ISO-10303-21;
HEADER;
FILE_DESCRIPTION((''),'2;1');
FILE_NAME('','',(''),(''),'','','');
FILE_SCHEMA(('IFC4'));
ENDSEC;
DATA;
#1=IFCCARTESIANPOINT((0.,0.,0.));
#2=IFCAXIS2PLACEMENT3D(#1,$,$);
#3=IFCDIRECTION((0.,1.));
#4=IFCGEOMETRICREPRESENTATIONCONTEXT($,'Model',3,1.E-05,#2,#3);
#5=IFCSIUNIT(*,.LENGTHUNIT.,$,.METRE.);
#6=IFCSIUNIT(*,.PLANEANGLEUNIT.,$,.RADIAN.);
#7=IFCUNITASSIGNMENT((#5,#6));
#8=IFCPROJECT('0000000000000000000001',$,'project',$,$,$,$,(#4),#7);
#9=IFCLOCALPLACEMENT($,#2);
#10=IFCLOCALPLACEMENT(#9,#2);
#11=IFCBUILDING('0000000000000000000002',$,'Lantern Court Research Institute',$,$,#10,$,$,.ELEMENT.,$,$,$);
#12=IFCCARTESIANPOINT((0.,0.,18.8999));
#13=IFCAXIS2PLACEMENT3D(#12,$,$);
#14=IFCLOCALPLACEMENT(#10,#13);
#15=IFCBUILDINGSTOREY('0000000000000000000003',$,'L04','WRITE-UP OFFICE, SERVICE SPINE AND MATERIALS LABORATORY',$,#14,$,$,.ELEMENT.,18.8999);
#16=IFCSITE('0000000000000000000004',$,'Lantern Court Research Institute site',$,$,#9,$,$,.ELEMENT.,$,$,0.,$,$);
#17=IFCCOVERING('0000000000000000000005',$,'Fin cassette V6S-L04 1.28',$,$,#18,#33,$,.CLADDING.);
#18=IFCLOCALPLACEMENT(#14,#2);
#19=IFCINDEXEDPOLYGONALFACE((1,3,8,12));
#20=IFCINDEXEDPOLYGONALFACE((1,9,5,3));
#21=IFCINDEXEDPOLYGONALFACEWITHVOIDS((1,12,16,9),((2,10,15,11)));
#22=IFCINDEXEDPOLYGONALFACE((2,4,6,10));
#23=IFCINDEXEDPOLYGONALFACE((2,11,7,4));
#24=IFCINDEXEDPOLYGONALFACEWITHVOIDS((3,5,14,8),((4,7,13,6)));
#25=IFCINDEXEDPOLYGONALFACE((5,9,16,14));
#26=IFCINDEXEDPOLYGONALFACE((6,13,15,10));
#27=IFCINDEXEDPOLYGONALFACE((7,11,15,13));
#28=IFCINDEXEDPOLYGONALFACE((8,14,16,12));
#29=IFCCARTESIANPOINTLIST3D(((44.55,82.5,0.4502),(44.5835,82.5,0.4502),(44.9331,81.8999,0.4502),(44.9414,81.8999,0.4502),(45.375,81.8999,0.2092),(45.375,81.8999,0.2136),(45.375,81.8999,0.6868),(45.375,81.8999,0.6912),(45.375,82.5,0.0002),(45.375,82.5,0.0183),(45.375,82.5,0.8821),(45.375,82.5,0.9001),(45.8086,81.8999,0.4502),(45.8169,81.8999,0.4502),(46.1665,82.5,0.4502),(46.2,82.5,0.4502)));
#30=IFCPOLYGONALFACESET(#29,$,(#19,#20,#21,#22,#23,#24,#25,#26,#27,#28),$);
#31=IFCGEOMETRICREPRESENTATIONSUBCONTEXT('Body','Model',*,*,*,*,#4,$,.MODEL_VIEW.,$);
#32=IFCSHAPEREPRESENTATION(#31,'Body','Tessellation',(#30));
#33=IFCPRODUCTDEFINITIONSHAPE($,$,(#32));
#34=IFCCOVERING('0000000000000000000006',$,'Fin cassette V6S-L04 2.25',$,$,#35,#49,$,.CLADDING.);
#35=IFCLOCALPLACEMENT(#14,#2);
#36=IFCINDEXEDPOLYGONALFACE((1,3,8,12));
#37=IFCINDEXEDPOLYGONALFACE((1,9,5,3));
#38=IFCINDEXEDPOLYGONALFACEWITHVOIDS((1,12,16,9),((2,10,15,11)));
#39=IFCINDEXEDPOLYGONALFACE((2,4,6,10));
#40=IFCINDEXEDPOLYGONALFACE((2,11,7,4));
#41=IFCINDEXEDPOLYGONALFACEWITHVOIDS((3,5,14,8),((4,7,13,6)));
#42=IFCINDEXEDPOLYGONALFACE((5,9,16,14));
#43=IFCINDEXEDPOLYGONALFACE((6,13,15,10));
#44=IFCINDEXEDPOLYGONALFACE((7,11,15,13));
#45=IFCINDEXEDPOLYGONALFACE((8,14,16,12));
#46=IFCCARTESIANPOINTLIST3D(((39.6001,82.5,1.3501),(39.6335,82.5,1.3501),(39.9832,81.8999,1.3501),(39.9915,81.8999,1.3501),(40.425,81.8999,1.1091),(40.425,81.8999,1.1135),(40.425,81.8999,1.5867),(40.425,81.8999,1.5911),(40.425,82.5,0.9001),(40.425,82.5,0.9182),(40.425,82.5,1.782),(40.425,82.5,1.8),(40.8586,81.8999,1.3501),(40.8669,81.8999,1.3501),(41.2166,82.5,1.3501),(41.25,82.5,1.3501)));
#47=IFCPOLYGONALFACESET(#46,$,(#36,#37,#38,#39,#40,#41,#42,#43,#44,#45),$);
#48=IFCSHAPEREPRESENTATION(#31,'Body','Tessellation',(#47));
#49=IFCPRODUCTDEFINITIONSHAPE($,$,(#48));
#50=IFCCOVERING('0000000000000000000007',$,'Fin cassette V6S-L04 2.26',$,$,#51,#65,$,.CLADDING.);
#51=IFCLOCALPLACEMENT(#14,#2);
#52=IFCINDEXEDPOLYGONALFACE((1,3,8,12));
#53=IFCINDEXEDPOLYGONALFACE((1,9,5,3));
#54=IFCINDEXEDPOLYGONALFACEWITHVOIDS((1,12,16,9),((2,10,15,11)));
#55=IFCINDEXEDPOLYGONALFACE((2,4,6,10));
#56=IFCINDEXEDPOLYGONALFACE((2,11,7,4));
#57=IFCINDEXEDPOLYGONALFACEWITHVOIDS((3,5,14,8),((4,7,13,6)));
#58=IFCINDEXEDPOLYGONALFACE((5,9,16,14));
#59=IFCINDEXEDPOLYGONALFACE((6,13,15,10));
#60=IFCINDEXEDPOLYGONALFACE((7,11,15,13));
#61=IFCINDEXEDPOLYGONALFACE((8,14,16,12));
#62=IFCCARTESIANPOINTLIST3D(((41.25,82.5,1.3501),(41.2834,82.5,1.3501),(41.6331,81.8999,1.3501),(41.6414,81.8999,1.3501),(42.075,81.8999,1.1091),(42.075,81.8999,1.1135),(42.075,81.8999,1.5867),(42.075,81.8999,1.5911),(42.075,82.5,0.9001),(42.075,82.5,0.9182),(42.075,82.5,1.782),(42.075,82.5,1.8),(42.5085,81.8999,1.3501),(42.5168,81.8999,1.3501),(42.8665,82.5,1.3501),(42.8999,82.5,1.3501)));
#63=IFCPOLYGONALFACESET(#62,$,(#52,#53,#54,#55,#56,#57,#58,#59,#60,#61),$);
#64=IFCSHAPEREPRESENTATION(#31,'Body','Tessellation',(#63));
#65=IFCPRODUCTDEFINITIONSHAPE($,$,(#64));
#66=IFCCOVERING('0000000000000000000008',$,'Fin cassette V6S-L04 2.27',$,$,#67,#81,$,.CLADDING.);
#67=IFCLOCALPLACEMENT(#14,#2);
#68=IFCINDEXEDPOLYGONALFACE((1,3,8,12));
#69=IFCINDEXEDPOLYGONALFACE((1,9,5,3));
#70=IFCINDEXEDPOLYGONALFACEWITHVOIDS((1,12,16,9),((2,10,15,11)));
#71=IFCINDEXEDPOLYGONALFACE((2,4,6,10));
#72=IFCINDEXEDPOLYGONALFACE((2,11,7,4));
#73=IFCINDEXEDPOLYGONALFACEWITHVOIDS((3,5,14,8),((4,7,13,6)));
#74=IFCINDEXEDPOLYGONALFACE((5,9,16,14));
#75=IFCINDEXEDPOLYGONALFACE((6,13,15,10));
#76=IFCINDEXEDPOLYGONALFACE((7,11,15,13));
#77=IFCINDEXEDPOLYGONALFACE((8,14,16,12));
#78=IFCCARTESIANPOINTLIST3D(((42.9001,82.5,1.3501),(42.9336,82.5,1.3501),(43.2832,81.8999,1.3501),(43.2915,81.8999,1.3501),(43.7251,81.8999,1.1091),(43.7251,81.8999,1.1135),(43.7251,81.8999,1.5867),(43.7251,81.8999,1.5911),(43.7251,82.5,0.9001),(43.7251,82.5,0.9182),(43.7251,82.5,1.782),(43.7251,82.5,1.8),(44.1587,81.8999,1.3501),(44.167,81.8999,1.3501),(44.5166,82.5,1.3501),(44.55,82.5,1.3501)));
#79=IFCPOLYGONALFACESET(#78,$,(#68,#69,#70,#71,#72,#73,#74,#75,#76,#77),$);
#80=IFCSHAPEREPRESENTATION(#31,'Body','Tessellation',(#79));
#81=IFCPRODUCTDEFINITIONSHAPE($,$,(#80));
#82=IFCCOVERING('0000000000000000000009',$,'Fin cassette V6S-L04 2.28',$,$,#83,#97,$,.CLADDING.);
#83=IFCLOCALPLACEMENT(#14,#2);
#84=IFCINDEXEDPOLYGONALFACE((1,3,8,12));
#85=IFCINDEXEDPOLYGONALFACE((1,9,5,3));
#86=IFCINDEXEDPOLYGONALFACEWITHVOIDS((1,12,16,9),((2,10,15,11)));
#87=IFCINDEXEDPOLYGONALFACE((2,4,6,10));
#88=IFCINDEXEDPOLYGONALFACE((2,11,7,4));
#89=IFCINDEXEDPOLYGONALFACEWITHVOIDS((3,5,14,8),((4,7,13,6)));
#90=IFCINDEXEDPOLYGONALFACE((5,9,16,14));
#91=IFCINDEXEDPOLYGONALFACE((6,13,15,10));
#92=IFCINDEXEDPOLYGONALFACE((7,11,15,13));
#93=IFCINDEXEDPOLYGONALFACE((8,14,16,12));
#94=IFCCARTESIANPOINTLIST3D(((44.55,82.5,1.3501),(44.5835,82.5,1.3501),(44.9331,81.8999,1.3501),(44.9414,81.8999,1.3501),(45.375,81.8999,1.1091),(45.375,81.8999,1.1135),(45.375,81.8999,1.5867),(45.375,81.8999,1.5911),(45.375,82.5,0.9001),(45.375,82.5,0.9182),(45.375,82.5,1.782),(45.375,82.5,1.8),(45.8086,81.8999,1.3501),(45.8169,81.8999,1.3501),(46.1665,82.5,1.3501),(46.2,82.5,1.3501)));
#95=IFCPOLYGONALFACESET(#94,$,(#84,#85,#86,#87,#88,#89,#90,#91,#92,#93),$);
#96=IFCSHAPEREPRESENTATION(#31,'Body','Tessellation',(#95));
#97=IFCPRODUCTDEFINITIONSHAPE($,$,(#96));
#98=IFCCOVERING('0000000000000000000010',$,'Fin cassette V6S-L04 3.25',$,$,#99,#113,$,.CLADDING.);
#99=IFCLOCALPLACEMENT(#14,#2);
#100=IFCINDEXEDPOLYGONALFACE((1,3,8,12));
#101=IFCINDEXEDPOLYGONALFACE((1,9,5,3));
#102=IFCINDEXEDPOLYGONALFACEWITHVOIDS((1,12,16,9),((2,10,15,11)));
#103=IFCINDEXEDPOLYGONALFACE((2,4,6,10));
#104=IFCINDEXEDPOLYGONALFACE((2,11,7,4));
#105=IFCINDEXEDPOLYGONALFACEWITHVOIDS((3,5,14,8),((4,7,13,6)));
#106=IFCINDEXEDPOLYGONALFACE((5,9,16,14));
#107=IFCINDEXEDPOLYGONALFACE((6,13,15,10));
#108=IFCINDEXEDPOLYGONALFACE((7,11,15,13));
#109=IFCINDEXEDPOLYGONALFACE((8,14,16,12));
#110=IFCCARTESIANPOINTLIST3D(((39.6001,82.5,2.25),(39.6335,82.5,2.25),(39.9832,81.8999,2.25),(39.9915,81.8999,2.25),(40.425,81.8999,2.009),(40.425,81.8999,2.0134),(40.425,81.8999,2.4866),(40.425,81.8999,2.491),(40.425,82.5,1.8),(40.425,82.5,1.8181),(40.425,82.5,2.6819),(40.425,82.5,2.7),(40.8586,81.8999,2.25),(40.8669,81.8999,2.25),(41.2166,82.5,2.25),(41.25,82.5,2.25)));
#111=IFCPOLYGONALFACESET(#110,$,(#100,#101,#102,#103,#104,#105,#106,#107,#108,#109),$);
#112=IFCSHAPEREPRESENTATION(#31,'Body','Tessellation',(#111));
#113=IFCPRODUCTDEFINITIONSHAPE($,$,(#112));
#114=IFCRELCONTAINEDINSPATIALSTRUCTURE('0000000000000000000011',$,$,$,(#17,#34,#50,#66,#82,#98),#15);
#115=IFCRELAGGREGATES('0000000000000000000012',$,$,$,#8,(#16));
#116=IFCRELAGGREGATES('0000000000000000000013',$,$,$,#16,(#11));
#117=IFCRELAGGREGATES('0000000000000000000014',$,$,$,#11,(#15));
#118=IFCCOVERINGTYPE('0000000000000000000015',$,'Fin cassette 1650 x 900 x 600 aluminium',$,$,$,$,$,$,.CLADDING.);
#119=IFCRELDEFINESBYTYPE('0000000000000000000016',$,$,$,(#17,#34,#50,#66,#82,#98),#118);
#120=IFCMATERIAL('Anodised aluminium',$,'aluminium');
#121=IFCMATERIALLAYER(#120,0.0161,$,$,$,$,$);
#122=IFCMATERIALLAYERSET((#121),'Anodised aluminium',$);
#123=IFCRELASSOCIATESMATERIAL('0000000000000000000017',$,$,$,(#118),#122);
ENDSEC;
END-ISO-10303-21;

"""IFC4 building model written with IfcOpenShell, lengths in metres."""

from ifc_helpers import new_model, entity, si_unit, direction, frame, origin, place, context, subcontext, project, spatial, material, layer, layer_set, type_object, element, save


model = new_model("IFC4")

# Units and contexts
model_context = context("Model", 3, precision=1e-05, world=origin(), true_north=direction((0.0, 1.0)))
body_context = subcontext(model_context, "Body", "Model", "MODEL_VIEW")
ifc_project = project(units=[si_unit("LENGTHUNIT", "METRE"), si_unit("PLANEANGLEUNIT", "RADIAN")], contexts=[model_context])

# Site, building, storey
site_placement = place(None, origin())
site = spatial("IfcSite", under=ifc_project, at=site_placement, Name="Lantern Court Research Institute site", CompositionType="ELEMENT", RefElevation=0.0)
building_placement = place(site_placement, origin())
building = spatial("IfcBuilding", under=site, at=building_placement, Name="Lantern Court Research Institute", CompositionType="ELEMENT")
storey_placement = place(building_placement, frame((0.0, 0.0, 18.8999)))
storey = spatial("IfcBuildingStorey", under=building, at=storey_placement, Name="L04", Description="WRITE-UP OFFICE, SERVICE SPINE AND MATERIALS LABORATORY", CompositionType="ELEMENT", Elevation=18.8999)

# Coverings
ifc_material_1 = material(Name="Anodised aluminium", Category="aluminium")
ifc_layer_1 = layer(ifc_material_1, 0.0161)
ifc_layer_set_1 = layer_set([ifc_layer_1], Name="Anodised aluminium")
covering_type = type_object("IfcCoveringType", Name="Fin cassette 1650 x 900 x 600 aluminium", PredefinedType="CLADDING", material=ifc_layer_set_1)
covering_1_placement = place(storey_placement, frame((45.375, 82.5, 0.4502), z_axis=(0.0, -1.0, 0.0), x_axis=(1.0, 0.0, 0.0)))
cartesian_point_1 = entity("IfcCartesianPoint", [0.825, 0.0])
cartesian_point_2 = entity("IfcCartesianPoint", [0.7915, 0.0])
cartesian_point_3 = entity("IfcCartesianPoint", [0.4419, 0.0])
cartesian_point_4 = entity("IfcCartesianPoint", [0.4336, 0.0])
element("IfcCovering", 1, at=covering_1_placement, inside=storey, type_object=covering_type, Name="Fin cassette V6S-L04 1.28", PredefinedType="CLADDING", context=body_context, shape_type="SweptSolid", body=[
    entity("IfcExtrudedAreaSolidTapered", entity("IfcArbitraryProfileDefWithVoids", "AREA", None, entity("IfcPolyline", [cartesian_point_1, entity("IfcCartesianPoint", [0.0, 0.45]), entity("IfcCartesianPoint", [-0.825, 0.0]), entity("IfcCartesianPoint", [0.0, -0.45]), cartesian_point_1]), [entity("IfcPolyline", [cartesian_point_2, entity("IfcCartesianPoint", [0.0, 0.4319]), entity("IfcCartesianPoint", [-0.7915, 0.0]), entity("IfcCartesianPoint", [0.0, -0.4319]), cartesian_point_2])]), entity("IfcAxis2Placement3D", entity("IfcCartesianPoint", [0.0, 0.0, 0.0])), entity("IfcDirection", [0.0, 0.0, 1.0]), 0.6001, entity("IfcArbitraryProfileDefWithVoids", "AREA", None, entity("IfcPolyline", [cartesian_point_3, entity("IfcCartesianPoint", [0.0, 0.241]), entity("IfcCartesianPoint", [-0.4419, 0.0]), entity("IfcCartesianPoint", [0.0, -0.241]), cartesian_point_3]), [entity("IfcPolyline", [cartesian_point_4, entity("IfcCartesianPoint", [0.0, 0.2366]), entity("IfcCartesianPoint", [-0.4336, 0.0]), entity("IfcCartesianPoint", [0.0, -0.2366]), cartesian_point_4])])),
])
covering_2_placement = place(storey_placement, frame((40.425, 82.5, 1.3501), z_axis=(0.0, -1.0, 0.0), x_axis=(1.0, 0.0, 0.0)))
cartesian_point_5 = entity("IfcCartesianPoint", [0.825, 0.0])
cartesian_point_6 = entity("IfcCartesianPoint", [0.7915, 0.0])
cartesian_point_7 = entity("IfcCartesianPoint", [0.4419, 0.0])
cartesian_point_8 = entity("IfcCartesianPoint", [0.4336, 0.0])
element("IfcCovering", 2, at=covering_2_placement, inside=storey, type_object=covering_type, Name="Fin cassette V6S-L04 2.25", PredefinedType="CLADDING", context=body_context, shape_type="SweptSolid", body=[
    entity("IfcExtrudedAreaSolidTapered", entity("IfcArbitraryProfileDefWithVoids", "AREA", None, entity("IfcPolyline", [cartesian_point_5, entity("IfcCartesianPoint", [0.0, 0.45]), entity("IfcCartesianPoint", [-0.825, 0.0]), entity("IfcCartesianPoint", [0.0, -0.45]), cartesian_point_5]), [entity("IfcPolyline", [cartesian_point_6, entity("IfcCartesianPoint", [0.0, 0.4319]), entity("IfcCartesianPoint", [-0.7915, 0.0]), entity("IfcCartesianPoint", [0.0, -0.4319]), cartesian_point_6])]), entity("IfcAxis2Placement3D", entity("IfcCartesianPoint", [0.0, 0.0, 0.0])), entity("IfcDirection", [0.0, 0.0, 1.0]), 0.6001, entity("IfcArbitraryProfileDefWithVoids", "AREA", None, entity("IfcPolyline", [cartesian_point_7, entity("IfcCartesianPoint", [0.0, 0.241]), entity("IfcCartesianPoint", [-0.4419, 0.0]), entity("IfcCartesianPoint", [0.0, -0.241]), cartesian_point_7]), [entity("IfcPolyline", [cartesian_point_8, entity("IfcCartesianPoint", [0.0, 0.2366]), entity("IfcCartesianPoint", [-0.4336, 0.0]), entity("IfcCartesianPoint", [0.0, -0.2366]), cartesian_point_8])])),
])
covering_3_placement = place(storey_placement, frame((42.075, 82.5, 1.3501), z_axis=(0.0, -1.0, 0.0), x_axis=(1.0, 0.0, 0.0)))
cartesian_point_9 = entity("IfcCartesianPoint", [0.825, 0.0])
cartesian_point_10 = entity("IfcCartesianPoint", [0.7915, 0.0])
cartesian_point_11 = entity("IfcCartesianPoint", [0.4419, 0.0])
cartesian_point_12 = entity("IfcCartesianPoint", [0.4336, 0.0])
element("IfcCovering", 3, at=covering_3_placement, inside=storey, type_object=covering_type, Name="Fin cassette V6S-L04 2.26", PredefinedType="CLADDING", context=body_context, shape_type="SweptSolid", body=[
    entity("IfcExtrudedAreaSolidTapered", entity("IfcArbitraryProfileDefWithVoids", "AREA", None, entity("IfcPolyline", [cartesian_point_9, entity("IfcCartesianPoint", [0.0, 0.45]), entity("IfcCartesianPoint", [-0.825, 0.0]), entity("IfcCartesianPoint", [0.0, -0.45]), cartesian_point_9]), [entity("IfcPolyline", [cartesian_point_10, entity("IfcCartesianPoint", [0.0, 0.4319]), entity("IfcCartesianPoint", [-0.7915, 0.0]), entity("IfcCartesianPoint", [0.0, -0.4319]), cartesian_point_10])]), entity("IfcAxis2Placement3D", entity("IfcCartesianPoint", [0.0, 0.0, 0.0])), entity("IfcDirection", [0.0, 0.0, 1.0]), 0.6001, entity("IfcArbitraryProfileDefWithVoids", "AREA", None, entity("IfcPolyline", [cartesian_point_11, entity("IfcCartesianPoint", [0.0, 0.241]), entity("IfcCartesianPoint", [-0.4419, 0.0]), entity("IfcCartesianPoint", [0.0, -0.241]), cartesian_point_11]), [entity("IfcPolyline", [cartesian_point_12, entity("IfcCartesianPoint", [0.0, 0.2366]), entity("IfcCartesianPoint", [-0.4336, 0.0]), entity("IfcCartesianPoint", [0.0, -0.2366]), cartesian_point_12])])),
])
covering_4_placement = place(storey_placement, frame((43.7251, 82.5, 1.3501), z_axis=(0.0, -1.0, 0.0), x_axis=(1.0, 0.0, 0.0)))
cartesian_point_13 = entity("IfcCartesianPoint", [0.825, 0.0])
cartesian_point_14 = entity("IfcCartesianPoint", [0.7915, 0.0])
cartesian_point_15 = entity("IfcCartesianPoint", [0.4419, 0.0])
cartesian_point_16 = entity("IfcCartesianPoint", [0.4336, 0.0])
element("IfcCovering", 4, at=covering_4_placement, inside=storey, type_object=covering_type, Name="Fin cassette V6S-L04 2.27", PredefinedType="CLADDING", context=body_context, shape_type="SweptSolid", body=[
    entity("IfcExtrudedAreaSolidTapered", entity("IfcArbitraryProfileDefWithVoids", "AREA", None, entity("IfcPolyline", [cartesian_point_13, entity("IfcCartesianPoint", [0.0, 0.45]), entity("IfcCartesianPoint", [-0.825, 0.0]), entity("IfcCartesianPoint", [0.0, -0.45]), cartesian_point_13]), [entity("IfcPolyline", [cartesian_point_14, entity("IfcCartesianPoint", [0.0, 0.4319]), entity("IfcCartesianPoint", [-0.7915, 0.0]), entity("IfcCartesianPoint", [0.0, -0.4319]), cartesian_point_14])]), entity("IfcAxis2Placement3D", entity("IfcCartesianPoint", [0.0, 0.0, 0.0])), entity("IfcDirection", [0.0, 0.0, 1.0]), 0.6001, entity("IfcArbitraryProfileDefWithVoids", "AREA", None, entity("IfcPolyline", [cartesian_point_15, entity("IfcCartesianPoint", [0.0, 0.241]), entity("IfcCartesianPoint", [-0.4419, 0.0]), entity("IfcCartesianPoint", [0.0, -0.241]), cartesian_point_15]), [entity("IfcPolyline", [cartesian_point_16, entity("IfcCartesianPoint", [0.0, 0.2366]), entity("IfcCartesianPoint", [-0.4336, 0.0]), entity("IfcCartesianPoint", [0.0, -0.2366]), cartesian_point_16])])),
])
covering_5_placement = place(storey_placement, frame((45.375, 82.5, 1.3501), z_axis=(0.0, -1.0, 0.0), x_axis=(1.0, 0.0, 0.0)))
cartesian_point_17 = entity("IfcCartesianPoint", [0.825, 0.0])
cartesian_point_18 = entity("IfcCartesianPoint", [0.7915, 0.0])
cartesian_point_19 = entity("IfcCartesianPoint", [0.4419, 0.0])
cartesian_point_20 = entity("IfcCartesianPoint", [0.4336, 0.0])
element("IfcCovering", 5, at=covering_5_placement, inside=storey, type_object=covering_type, Name="Fin cassette V6S-L04 2.28", PredefinedType="CLADDING", context=body_context, shape_type="SweptSolid", body=[
    entity("IfcExtrudedAreaSolidTapered", entity("IfcArbitraryProfileDefWithVoids", "AREA", None, entity("IfcPolyline", [cartesian_point_17, entity("IfcCartesianPoint", [0.0, 0.45]), entity("IfcCartesianPoint", [-0.825, 0.0]), entity("IfcCartesianPoint", [0.0, -0.45]), cartesian_point_17]), [entity("IfcPolyline", [cartesian_point_18, entity("IfcCartesianPoint", [0.0, 0.4319]), entity("IfcCartesianPoint", [-0.7915, 0.0]), entity("IfcCartesianPoint", [0.0, -0.4319]), cartesian_point_18])]), entity("IfcAxis2Placement3D", entity("IfcCartesianPoint", [0.0, 0.0, 0.0])), entity("IfcDirection", [0.0, 0.0, 1.0]), 0.6001, entity("IfcArbitraryProfileDefWithVoids", "AREA", None, entity("IfcPolyline", [cartesian_point_19, entity("IfcCartesianPoint", [0.0, 0.241]), entity("IfcCartesianPoint", [-0.4419, 0.0]), entity("IfcCartesianPoint", [0.0, -0.241]), cartesian_point_19]), [entity("IfcPolyline", [cartesian_point_20, entity("IfcCartesianPoint", [0.0, 0.2366]), entity("IfcCartesianPoint", [-0.4336, 0.0]), entity("IfcCartesianPoint", [0.0, -0.2366]), cartesian_point_20])])),
])
covering_6_placement = place(storey_placement, frame((40.425, 82.5, 2.25), z_axis=(0.0, -1.0, 0.0), x_axis=(1.0, 0.0, 0.0)))
cartesian_point_21 = entity("IfcCartesianPoint", [0.825, 0.0])
cartesian_point_22 = entity("IfcCartesianPoint", [0.7915, 0.0])
cartesian_point_23 = entity("IfcCartesianPoint", [0.4419, 0.0])
cartesian_point_24 = entity("IfcCartesianPoint", [0.4336, 0.0])
element("IfcCovering", 6, at=covering_6_placement, inside=storey, type_object=covering_type, Name="Fin cassette V6S-L04 3.25", PredefinedType="CLADDING", context=body_context, shape_type="SweptSolid", body=[
    entity("IfcExtrudedAreaSolidTapered", entity("IfcArbitraryProfileDefWithVoids", "AREA", None, entity("IfcPolyline", [cartesian_point_21, entity("IfcCartesianPoint", [0.0, 0.45]), entity("IfcCartesianPoint", [-0.825, 0.0]), entity("IfcCartesianPoint", [0.0, -0.45]), cartesian_point_21]), [entity("IfcPolyline", [cartesian_point_22, entity("IfcCartesianPoint", [0.0, 0.4319]), entity("IfcCartesianPoint", [-0.7915, 0.0]), entity("IfcCartesianPoint", [0.0, -0.4319]), cartesian_point_22])]), entity("IfcAxis2Placement3D", entity("IfcCartesianPoint", [0.0, 0.0, 0.0])), entity("IfcDirection", [0.0, 0.0, 1.0]), 0.6001, entity("IfcArbitraryProfileDefWithVoids", "AREA", None, entity("IfcPolyline", [cartesian_point_23, entity("IfcCartesianPoint", [0.0, 0.241]), entity("IfcCartesianPoint", [-0.4419, 0.0]), entity("IfcCartesianPoint", [0.0, -0.241]), cartesian_point_23]), [entity("IfcPolyline", [cartesian_point_24, entity("IfcCartesianPoint", [0.0, 0.2366]), entity("IfcCartesianPoint", [-0.4336, 0.0]), entity("IfcCartesianPoint", [0.0, -0.2366]), cartesian_point_24])])),
])

save(model, "model.ifc")
